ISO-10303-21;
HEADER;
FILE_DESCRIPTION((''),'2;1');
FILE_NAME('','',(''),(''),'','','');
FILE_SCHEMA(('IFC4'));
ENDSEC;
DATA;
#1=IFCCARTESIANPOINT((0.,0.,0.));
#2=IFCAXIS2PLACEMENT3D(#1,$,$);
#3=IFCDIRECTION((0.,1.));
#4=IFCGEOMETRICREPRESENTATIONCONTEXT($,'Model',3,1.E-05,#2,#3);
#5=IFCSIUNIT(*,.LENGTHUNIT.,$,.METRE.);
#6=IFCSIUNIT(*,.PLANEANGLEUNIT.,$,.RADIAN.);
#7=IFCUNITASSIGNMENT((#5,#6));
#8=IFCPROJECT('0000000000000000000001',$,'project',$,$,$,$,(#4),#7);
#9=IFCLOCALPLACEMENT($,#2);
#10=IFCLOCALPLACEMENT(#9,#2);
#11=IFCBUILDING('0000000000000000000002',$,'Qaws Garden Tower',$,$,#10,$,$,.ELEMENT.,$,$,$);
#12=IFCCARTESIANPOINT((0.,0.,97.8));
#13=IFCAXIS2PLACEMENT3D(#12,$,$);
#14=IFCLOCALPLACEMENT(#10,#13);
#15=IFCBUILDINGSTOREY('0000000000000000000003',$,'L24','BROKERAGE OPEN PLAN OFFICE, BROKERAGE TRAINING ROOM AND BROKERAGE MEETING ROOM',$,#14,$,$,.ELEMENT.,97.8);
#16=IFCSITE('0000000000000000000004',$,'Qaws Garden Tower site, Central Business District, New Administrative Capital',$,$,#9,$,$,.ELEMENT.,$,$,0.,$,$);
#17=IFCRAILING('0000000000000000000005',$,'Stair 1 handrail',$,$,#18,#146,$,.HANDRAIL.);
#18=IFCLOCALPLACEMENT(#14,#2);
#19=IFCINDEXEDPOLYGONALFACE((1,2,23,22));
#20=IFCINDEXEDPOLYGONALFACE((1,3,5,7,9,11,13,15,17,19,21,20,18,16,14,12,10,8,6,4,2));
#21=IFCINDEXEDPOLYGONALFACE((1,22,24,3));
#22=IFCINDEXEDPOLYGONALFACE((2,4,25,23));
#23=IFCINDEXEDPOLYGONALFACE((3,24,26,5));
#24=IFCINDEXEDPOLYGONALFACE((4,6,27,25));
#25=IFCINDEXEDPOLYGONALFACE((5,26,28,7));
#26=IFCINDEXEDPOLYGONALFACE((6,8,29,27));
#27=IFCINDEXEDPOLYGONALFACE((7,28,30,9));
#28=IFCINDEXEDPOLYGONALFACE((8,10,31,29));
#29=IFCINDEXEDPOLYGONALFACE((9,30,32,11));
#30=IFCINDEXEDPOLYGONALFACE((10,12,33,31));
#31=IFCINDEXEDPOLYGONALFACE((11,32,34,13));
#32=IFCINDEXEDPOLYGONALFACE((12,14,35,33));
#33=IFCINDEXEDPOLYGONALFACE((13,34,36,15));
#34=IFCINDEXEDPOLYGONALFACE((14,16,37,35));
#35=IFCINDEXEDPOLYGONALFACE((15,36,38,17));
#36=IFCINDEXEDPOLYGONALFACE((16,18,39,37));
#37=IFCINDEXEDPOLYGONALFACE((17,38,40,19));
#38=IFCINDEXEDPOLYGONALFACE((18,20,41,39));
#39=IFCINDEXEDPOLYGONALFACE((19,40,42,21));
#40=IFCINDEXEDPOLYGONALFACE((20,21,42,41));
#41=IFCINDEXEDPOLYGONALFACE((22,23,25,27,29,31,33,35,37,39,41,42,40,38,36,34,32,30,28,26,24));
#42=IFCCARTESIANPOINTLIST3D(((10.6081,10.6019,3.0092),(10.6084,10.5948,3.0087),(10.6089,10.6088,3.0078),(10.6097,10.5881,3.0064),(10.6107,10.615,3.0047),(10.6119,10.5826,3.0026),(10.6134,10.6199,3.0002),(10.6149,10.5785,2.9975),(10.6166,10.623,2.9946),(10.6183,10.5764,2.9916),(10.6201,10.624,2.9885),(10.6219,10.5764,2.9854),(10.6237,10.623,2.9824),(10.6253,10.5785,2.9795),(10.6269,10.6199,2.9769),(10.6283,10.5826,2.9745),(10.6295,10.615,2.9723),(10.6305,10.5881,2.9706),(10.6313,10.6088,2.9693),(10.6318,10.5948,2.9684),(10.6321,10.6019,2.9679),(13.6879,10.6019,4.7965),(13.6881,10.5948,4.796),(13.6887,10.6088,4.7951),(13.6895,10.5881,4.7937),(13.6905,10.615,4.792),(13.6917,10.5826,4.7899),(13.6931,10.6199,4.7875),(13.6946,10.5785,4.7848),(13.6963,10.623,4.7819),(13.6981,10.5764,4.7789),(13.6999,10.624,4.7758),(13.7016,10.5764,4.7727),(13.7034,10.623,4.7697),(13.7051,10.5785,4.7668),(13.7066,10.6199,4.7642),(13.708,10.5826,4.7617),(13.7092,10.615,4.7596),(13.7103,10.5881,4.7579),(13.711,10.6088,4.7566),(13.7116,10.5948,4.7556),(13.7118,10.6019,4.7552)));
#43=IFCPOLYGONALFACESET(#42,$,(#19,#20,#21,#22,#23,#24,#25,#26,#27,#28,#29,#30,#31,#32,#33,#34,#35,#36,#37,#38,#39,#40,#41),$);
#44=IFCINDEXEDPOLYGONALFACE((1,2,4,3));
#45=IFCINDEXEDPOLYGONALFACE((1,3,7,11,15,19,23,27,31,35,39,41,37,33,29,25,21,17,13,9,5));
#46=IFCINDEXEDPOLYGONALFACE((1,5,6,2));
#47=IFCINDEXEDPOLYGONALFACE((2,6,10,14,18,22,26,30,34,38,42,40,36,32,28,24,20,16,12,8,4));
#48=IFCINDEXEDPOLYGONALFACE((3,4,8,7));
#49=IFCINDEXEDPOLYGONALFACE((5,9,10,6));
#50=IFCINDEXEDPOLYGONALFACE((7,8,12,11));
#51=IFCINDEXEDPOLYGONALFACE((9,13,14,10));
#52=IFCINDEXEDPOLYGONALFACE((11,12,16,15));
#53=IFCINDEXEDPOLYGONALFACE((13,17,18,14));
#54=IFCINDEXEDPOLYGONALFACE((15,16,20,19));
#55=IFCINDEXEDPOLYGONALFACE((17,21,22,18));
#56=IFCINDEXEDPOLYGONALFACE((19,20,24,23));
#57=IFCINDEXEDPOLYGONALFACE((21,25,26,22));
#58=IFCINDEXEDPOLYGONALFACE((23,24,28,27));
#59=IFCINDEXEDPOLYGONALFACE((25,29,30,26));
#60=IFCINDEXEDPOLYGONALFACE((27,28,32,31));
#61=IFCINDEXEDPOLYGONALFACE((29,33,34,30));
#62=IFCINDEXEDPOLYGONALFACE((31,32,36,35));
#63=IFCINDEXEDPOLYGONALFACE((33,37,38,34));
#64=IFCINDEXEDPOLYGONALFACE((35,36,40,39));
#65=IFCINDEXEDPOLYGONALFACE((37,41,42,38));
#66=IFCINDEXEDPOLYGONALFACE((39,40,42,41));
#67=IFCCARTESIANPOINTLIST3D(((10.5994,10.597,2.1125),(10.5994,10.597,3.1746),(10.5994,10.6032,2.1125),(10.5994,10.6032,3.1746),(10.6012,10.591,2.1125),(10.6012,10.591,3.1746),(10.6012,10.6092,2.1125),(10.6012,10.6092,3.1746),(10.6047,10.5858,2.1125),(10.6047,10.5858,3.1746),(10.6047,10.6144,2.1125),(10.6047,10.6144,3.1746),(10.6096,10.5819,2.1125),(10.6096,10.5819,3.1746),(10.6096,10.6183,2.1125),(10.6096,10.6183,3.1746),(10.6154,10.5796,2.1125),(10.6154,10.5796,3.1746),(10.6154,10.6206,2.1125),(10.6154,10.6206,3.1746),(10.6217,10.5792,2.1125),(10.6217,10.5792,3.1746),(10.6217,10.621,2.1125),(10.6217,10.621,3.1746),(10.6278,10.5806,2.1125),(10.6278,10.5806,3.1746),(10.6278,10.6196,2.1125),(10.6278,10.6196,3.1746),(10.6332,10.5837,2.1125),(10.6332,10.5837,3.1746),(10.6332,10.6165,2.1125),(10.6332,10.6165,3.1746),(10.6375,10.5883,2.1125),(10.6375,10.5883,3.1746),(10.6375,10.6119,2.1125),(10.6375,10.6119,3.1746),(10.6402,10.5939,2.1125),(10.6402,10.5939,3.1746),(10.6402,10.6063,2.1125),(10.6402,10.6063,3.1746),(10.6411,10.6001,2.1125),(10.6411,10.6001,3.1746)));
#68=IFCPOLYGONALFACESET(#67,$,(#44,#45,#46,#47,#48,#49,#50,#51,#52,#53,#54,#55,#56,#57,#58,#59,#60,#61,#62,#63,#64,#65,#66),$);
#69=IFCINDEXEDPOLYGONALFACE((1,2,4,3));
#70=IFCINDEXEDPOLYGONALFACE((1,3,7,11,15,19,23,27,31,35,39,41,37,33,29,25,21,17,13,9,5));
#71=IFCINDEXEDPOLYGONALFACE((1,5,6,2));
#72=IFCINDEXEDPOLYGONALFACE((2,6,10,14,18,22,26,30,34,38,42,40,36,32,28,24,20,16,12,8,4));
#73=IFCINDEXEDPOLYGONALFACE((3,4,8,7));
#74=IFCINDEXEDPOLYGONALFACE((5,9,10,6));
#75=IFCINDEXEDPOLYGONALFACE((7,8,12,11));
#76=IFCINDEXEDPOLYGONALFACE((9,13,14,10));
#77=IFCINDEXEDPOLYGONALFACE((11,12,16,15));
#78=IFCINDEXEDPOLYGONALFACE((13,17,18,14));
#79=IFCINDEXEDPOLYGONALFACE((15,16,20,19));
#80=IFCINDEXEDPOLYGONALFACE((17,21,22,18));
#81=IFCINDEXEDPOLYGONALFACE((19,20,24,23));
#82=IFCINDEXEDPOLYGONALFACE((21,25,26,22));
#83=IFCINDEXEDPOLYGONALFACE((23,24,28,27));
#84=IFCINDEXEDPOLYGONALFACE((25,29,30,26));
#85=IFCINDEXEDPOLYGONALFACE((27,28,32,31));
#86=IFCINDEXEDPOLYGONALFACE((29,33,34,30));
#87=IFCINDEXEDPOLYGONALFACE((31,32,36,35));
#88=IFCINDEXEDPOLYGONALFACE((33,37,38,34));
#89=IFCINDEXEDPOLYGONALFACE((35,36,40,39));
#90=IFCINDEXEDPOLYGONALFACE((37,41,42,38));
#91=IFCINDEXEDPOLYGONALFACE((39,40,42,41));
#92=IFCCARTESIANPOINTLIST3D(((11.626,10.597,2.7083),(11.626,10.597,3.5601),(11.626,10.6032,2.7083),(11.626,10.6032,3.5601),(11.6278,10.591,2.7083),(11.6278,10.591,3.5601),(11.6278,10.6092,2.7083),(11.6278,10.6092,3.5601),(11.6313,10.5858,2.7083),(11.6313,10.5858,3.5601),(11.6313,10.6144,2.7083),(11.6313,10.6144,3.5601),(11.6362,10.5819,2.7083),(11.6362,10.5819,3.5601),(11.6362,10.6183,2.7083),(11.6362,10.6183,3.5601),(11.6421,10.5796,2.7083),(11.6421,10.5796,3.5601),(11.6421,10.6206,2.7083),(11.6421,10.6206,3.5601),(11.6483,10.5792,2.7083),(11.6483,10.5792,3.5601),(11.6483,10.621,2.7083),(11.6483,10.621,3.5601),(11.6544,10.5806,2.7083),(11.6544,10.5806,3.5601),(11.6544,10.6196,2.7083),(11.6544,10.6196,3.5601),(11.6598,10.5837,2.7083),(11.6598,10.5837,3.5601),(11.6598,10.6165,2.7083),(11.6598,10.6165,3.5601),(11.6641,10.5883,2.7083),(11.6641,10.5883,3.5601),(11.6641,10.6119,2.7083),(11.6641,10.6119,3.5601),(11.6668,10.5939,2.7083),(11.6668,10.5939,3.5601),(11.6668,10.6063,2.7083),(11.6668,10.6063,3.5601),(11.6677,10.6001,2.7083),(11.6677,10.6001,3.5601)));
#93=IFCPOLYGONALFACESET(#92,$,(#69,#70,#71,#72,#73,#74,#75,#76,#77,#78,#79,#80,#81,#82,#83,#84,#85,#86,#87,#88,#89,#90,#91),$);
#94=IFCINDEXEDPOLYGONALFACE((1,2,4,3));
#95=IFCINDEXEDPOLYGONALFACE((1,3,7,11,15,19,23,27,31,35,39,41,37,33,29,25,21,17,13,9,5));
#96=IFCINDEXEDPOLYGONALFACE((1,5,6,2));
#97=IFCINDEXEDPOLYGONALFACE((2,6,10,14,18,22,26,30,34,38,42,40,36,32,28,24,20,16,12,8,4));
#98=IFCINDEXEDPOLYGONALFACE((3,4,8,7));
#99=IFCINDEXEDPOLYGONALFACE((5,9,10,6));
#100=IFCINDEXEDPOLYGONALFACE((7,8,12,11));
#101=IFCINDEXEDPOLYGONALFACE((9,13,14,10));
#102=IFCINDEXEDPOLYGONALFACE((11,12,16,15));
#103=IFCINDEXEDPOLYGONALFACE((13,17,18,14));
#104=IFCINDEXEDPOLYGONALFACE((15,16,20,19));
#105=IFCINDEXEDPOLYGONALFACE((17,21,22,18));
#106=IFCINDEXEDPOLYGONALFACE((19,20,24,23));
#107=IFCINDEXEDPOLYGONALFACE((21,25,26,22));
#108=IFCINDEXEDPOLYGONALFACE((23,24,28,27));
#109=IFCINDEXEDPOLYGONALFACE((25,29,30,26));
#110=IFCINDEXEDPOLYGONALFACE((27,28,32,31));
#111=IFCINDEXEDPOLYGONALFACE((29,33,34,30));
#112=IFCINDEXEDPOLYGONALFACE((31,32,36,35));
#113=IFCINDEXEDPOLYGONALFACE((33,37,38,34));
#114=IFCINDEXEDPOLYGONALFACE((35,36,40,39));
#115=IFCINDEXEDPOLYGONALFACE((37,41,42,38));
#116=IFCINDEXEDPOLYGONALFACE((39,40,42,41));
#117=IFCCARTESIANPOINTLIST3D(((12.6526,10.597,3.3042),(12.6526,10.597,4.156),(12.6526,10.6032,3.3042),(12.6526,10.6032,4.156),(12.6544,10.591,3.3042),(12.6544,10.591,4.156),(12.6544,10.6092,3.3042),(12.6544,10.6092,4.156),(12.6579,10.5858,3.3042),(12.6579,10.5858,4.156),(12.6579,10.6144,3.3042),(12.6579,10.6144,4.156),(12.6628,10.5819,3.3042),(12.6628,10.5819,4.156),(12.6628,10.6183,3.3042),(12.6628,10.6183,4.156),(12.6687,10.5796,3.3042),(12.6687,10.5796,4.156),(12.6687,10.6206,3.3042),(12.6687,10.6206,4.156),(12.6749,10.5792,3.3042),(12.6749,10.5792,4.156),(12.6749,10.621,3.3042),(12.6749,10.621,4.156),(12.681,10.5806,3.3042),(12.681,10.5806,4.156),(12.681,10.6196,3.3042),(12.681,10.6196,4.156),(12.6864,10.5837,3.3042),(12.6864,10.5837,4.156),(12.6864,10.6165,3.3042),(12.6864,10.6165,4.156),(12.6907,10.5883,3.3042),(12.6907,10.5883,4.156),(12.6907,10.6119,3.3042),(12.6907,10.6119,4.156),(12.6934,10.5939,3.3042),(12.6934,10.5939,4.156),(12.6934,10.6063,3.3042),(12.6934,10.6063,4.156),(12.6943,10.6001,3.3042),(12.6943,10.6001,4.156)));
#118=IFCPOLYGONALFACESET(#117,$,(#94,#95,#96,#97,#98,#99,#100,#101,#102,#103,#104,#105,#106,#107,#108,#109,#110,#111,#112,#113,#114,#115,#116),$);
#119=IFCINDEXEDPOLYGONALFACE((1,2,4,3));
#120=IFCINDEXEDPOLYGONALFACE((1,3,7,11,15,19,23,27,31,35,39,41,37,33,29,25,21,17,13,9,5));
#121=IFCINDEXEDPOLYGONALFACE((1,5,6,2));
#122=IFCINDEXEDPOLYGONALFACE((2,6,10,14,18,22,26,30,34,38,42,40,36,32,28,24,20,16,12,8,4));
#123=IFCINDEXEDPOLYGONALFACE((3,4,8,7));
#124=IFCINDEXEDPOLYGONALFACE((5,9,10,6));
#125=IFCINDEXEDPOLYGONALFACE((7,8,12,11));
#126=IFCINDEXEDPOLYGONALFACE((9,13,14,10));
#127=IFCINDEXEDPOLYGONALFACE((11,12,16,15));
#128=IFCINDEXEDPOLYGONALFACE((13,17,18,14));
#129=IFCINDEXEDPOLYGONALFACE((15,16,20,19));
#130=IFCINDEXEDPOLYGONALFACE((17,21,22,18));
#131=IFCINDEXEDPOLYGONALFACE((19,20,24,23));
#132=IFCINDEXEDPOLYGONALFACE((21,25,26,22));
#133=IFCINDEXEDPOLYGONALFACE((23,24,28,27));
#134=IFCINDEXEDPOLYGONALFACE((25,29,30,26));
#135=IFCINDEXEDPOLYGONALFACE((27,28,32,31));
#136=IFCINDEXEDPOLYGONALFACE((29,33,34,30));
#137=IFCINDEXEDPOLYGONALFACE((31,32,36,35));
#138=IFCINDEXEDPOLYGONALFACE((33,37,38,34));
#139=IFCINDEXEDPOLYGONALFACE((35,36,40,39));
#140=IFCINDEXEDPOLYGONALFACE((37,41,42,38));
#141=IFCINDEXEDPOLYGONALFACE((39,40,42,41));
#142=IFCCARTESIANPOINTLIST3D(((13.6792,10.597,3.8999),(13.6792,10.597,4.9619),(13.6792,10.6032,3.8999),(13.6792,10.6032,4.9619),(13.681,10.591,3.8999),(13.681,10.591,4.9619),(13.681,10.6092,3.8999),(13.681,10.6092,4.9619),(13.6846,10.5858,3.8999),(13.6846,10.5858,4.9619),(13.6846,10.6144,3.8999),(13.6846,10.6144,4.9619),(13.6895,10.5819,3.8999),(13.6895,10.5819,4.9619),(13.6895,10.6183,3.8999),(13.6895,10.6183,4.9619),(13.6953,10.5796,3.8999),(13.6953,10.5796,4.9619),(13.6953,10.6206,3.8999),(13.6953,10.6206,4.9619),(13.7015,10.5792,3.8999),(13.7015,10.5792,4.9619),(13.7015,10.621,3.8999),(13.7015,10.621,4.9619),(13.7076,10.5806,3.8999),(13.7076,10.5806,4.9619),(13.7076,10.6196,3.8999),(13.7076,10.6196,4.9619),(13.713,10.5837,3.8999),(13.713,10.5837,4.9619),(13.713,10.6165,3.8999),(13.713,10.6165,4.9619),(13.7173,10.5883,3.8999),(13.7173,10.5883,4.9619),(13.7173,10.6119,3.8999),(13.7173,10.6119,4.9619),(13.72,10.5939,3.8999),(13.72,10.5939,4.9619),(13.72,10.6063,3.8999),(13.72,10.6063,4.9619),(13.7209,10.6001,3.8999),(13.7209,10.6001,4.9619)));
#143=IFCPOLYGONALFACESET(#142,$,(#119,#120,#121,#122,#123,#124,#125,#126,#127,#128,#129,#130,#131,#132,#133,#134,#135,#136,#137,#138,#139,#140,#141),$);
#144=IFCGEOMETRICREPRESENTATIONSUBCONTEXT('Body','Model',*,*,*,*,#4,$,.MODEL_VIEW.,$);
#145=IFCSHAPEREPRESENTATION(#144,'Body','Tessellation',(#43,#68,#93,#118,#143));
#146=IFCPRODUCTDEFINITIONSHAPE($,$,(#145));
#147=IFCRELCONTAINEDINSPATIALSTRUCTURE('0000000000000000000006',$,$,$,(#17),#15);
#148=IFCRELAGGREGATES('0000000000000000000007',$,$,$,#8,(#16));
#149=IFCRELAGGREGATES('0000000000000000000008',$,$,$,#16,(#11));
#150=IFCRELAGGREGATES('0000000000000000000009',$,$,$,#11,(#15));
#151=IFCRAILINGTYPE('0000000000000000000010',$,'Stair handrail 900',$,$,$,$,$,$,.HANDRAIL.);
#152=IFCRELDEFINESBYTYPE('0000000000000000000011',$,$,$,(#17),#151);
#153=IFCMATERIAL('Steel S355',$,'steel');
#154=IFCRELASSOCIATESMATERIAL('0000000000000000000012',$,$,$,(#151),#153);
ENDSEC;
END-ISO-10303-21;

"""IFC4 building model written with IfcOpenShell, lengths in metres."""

from ifc_helpers import new_model, si_unit, direction, frame, origin, origin_2d, place, context, subcontext, project, spatial, circle, extrude, material, type_object, element, save


model = new_model("IFC4")

# Units and contexts
model_context = context("Model", 3, precision=1e-05, world=origin(), true_north=direction((0.0, 1.0)))
body_context = subcontext(model_context, "Body", "Model", "MODEL_VIEW")
ifc_project = project(units=[si_unit("LENGTHUNIT", "METRE"), si_unit("PLANEANGLEUNIT", "RADIAN")], contexts=[model_context])

# Site, building, storey
site_placement = place(None, origin())
site = spatial("IfcSite", under=ifc_project, at=site_placement, Name="Qaws Garden Tower site, Central Business District, New Administrative Capital", CompositionType="ELEMENT", RefElevation=0.0)
building_placement = place(site_placement, origin())
building = spatial("IfcBuilding", under=site, at=building_placement, Name="Qaws Garden Tower", CompositionType="ELEMENT")
storey_placement = place(building_placement, frame((0.0, 0.0, 97.8)))
storey = spatial("IfcBuildingStorey", under=building, at=storey_placement, Name="L24", Description="BROKERAGE OPEN PLAN OFFICE, BROKERAGE TRAINING ROOM AND BROKERAGE MEETING ROOM", CompositionType="ELEMENT", Elevation=97.8)

# Railing
ifc_material_1 = material(Name="Steel S355", Category="steel")
railing_type = type_object("IfcRailingType", Name="Stair handrail 900", PredefinedType="HANDRAIL", material=ifc_material_1)
railing_1_placement = place(storey_placement, frame((10.6201, 10.6001, 2.1125)))
element("IfcRailing", 1, at=railing_1_placement, inside=storey, type_object=railing_type, Name="Stair 1 handrail", PredefinedType="HANDRAIL", context=body_context, shape_type="SweptSolid", body=[
    extrude(circle(Radius=0.0239, at=origin_2d()), frame((0.0, 0.0, 0.876), z_axis=(0.864903, 0.0, 0.501939), x_axis=(0.0, 1.0, 0.0)), (0.0, 0.0, 1.0), 3.5608),
    extrude(circle(Radius=0.021, at=origin_2d()), origin(), (0.0, 0.0, 1.0), 1.062),
    extrude(circle(Radius=0.021, at=origin_2d()), frame((1.0266, 0.0, 0.5957)), (0.0, 0.0, 1.0), 0.8518),
    extrude(circle(Radius=0.021, at=origin_2d()), frame((2.0532, 0.0, 1.1917)), (0.0, 0.0, 1.0), 0.8518),
    extrude(circle(Radius=0.021, at=origin_2d()), frame((3.0798, 0.0, 1.7874)), (0.0, 0.0, 1.0), 1.062),
])

save(model, "model.ifc")
